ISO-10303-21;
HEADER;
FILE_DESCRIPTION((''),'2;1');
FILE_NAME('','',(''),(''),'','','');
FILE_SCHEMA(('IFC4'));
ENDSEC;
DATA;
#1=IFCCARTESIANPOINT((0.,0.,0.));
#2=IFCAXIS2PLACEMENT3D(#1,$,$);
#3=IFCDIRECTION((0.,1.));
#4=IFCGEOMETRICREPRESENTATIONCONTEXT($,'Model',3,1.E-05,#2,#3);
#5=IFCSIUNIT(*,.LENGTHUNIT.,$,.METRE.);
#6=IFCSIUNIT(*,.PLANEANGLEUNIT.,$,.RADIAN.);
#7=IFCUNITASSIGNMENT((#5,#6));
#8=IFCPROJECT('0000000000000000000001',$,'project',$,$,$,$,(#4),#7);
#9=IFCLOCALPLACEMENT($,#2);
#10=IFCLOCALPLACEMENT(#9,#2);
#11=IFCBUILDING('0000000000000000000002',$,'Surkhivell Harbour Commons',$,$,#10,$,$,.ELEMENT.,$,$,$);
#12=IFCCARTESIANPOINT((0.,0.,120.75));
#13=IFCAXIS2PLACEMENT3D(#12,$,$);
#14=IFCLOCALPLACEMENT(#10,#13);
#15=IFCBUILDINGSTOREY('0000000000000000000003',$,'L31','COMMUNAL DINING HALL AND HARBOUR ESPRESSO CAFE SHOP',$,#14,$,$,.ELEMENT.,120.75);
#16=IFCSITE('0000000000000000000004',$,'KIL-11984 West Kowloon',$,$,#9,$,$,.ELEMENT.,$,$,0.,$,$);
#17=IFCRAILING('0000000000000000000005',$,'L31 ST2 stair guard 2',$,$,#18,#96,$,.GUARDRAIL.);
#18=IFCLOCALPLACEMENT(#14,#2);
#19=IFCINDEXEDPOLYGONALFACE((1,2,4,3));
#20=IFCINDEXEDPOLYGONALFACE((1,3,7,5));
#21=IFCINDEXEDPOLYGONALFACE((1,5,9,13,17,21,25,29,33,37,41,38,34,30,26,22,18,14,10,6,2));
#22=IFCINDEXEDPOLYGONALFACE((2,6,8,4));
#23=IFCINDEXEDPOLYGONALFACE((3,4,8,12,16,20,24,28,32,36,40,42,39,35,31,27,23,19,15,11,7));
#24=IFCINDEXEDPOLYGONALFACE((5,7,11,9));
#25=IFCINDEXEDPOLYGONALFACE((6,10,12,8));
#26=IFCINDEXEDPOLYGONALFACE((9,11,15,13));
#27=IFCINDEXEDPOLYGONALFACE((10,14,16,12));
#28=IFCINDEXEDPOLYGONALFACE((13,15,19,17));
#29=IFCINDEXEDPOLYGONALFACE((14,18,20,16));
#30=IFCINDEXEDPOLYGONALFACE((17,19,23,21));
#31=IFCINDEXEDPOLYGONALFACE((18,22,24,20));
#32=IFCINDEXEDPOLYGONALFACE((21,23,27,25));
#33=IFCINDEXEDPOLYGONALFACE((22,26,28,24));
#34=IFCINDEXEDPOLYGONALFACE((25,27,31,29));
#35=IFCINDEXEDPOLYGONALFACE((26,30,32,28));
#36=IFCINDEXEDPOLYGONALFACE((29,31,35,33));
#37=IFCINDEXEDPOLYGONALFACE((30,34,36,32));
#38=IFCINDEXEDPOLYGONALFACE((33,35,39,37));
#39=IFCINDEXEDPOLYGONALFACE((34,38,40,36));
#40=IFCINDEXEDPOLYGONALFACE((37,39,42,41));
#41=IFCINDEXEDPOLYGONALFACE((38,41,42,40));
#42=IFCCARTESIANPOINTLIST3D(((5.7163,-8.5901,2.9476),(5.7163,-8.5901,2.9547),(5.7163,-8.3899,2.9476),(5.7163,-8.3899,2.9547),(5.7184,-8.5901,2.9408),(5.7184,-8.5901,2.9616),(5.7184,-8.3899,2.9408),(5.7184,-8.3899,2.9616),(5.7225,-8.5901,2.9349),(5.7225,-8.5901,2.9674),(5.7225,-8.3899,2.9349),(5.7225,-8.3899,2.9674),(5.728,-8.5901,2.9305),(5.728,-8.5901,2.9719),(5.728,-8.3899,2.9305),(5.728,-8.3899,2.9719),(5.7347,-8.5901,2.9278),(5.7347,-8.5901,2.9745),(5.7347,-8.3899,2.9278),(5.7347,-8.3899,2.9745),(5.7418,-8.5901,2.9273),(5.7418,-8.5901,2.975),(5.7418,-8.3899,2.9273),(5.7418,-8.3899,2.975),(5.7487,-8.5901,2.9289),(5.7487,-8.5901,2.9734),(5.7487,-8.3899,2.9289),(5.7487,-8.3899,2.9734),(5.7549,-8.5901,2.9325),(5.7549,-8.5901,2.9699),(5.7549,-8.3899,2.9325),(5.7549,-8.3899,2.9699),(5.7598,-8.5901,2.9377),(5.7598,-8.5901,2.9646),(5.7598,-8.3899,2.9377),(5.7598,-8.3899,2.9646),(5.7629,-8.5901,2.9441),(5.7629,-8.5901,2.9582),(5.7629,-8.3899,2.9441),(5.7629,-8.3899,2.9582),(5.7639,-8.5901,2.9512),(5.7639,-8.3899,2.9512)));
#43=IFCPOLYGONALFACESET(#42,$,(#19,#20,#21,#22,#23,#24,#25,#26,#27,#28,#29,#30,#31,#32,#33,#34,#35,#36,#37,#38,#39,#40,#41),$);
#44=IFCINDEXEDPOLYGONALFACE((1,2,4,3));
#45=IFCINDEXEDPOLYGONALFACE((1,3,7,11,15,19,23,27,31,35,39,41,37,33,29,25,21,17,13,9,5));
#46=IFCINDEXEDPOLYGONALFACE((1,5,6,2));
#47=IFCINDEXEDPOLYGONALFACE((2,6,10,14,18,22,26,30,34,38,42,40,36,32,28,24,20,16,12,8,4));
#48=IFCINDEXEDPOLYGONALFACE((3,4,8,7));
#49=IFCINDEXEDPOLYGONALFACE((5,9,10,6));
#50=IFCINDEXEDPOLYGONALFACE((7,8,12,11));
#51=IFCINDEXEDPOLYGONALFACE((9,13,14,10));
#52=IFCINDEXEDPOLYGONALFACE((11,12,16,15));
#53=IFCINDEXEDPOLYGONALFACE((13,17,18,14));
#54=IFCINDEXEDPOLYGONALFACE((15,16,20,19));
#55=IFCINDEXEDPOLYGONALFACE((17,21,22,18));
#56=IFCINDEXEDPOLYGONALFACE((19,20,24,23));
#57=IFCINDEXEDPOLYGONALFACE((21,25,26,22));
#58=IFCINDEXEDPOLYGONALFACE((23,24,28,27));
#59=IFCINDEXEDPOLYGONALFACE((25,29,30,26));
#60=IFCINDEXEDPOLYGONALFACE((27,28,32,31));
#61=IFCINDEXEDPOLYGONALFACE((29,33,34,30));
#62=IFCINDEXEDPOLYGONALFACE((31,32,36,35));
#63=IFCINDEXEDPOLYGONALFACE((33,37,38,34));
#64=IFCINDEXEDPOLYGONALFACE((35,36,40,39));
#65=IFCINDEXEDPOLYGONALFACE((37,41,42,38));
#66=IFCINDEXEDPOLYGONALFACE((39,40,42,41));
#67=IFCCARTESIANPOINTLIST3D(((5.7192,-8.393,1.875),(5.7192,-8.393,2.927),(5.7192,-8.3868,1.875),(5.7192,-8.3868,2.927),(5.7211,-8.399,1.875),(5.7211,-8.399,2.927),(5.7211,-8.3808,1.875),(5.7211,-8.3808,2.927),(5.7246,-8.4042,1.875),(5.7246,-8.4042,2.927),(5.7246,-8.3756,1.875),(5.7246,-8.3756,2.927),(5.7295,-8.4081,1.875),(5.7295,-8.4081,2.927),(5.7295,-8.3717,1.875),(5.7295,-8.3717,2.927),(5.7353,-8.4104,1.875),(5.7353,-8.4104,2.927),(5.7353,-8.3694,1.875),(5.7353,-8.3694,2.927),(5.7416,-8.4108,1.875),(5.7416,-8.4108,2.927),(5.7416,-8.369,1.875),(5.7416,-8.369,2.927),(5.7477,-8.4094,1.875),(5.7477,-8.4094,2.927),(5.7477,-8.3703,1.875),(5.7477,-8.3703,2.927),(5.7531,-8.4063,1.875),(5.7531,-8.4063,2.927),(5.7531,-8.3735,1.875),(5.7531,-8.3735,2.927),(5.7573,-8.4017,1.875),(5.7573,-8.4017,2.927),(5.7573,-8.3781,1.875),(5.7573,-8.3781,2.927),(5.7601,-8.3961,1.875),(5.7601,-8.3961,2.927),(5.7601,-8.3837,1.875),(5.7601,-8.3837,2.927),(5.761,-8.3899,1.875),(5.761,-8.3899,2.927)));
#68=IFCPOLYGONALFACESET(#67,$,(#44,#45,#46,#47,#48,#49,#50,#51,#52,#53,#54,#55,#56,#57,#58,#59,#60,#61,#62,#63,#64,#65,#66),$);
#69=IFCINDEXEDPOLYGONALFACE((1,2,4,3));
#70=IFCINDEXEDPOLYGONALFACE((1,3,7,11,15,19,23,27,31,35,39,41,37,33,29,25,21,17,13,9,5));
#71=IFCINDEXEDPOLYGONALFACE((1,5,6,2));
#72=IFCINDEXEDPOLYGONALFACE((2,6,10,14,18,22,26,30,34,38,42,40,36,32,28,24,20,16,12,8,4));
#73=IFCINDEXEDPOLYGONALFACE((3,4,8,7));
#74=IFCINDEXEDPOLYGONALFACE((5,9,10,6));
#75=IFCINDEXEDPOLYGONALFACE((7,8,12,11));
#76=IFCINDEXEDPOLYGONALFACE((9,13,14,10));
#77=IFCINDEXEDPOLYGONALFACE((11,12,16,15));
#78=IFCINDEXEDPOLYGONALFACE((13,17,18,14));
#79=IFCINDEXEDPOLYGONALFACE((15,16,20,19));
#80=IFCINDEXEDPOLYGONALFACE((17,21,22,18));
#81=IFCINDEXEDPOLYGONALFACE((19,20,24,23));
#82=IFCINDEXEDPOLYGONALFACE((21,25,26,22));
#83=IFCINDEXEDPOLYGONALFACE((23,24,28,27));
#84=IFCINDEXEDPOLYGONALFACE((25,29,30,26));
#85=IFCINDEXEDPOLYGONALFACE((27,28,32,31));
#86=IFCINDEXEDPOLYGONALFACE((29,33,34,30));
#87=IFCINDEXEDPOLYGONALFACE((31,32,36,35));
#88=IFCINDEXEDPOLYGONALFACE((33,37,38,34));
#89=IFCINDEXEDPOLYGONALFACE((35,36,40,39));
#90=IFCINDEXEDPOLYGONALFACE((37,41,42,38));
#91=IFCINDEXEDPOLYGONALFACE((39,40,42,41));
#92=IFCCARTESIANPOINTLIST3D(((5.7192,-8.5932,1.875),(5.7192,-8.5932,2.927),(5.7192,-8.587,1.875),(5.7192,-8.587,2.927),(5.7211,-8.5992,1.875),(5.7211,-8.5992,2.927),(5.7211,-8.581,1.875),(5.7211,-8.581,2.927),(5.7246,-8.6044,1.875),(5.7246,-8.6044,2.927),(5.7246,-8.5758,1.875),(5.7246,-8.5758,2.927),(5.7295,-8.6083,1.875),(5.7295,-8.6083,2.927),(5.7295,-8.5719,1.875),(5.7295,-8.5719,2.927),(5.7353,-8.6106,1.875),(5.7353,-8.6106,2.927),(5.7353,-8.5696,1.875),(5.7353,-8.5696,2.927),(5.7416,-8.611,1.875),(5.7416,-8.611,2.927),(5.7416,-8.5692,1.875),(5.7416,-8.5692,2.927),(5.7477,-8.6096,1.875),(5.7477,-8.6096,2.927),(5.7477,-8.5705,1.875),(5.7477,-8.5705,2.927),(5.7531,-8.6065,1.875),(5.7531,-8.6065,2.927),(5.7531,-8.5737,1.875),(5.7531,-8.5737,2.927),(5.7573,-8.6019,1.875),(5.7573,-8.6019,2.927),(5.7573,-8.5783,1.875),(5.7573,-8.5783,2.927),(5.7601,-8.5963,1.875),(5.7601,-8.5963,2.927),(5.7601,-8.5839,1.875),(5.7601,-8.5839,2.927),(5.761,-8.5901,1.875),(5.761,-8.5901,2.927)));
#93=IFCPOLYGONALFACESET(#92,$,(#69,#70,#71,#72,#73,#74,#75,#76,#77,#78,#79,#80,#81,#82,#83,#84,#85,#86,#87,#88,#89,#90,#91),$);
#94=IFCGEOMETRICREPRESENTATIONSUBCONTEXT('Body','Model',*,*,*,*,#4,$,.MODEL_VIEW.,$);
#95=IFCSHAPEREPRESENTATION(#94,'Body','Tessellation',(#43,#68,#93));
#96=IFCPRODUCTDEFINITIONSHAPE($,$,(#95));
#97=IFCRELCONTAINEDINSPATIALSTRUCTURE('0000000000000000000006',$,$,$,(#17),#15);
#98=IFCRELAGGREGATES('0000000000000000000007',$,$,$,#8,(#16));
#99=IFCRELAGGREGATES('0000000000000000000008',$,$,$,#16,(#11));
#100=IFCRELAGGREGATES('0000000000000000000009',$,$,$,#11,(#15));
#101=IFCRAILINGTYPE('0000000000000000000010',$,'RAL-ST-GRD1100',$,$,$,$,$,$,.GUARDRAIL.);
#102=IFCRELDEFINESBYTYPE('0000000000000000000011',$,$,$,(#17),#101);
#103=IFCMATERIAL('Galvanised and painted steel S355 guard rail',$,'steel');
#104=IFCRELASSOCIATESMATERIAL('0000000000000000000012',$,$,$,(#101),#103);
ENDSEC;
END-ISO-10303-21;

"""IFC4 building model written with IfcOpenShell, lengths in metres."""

from ifc_helpers import new_model, si_unit, direction, frame, origin, origin_2d, place, context, subcontext, project, spatial, circle, extrude, material, type_object, element, save


model = new_model("IFC4")

# Units and contexts
model_context = context("Model", 3, precision=1e-05, world=origin(), true_north=direction((0.0, 1.0)))
body_context = subcontext(model_context, "Body", "Model", "MODEL_VIEW")
ifc_project = project(units=[si_unit("LENGTHUNIT", "METRE"), si_unit("PLANEANGLEUNIT", "RADIAN")], contexts=[model_context])

# Site, building, storey
site_placement = place(None, origin())
site = spatial("IfcSite", under=ifc_project, at=site_placement, Name="KIL-11984 West Kowloon", CompositionType="ELEMENT", RefElevation=0.0)
building_placement = place(site_placement, origin())
building = spatial("IfcBuilding", under=site, at=building_placement, Name="Surkhivell Harbour Commons", CompositionType="ELEMENT")
storey_placement = place(building_placement, frame((0.0, 0.0, 120.75)))
storey = spatial("IfcBuildingStorey", under=building, at=storey_placement, Name="L31", Description="COMMUNAL DINING HALL AND HARBOUR ESPRESSO CAFE SHOP", CompositionType="ELEMENT", Elevation=120.75)

# Railing
ifc_material_1 = material(Name="Galvanised and painted steel S355 guard rail", Category="steel")
railing_type_1 = type_object("IfcRailingType", Name="RAL-ST-GRD1100", PredefinedType="GUARDRAIL", material=ifc_material_1)
railing_1_placement = place(storey_placement, frame((5.74, -8.3899, 1.875)))
element("IfcRailing", 1, at=railing_1_placement, inside=storey, type_object=railing_type_1, Name="L31 ST2 stair guard 2", PredefinedType="GUARDRAIL", context=body_context, shape_type="SweptSolid", body=[
    extrude(circle(Radius=0.0239, at=origin_2d()), frame((0.0, 0.0, 1.0762), z_axis=(0.0, -1.0, 0.0), x_axis=(1.0, 0.0, 0.0)), (0.0, 0.0, 1.0), 0.2002),
    extrude(circle(Radius=0.021, at=origin_2d()), origin(), (0.0, 0.0, 1.0), 1.052),
    extrude(circle(Radius=0.021, at=origin_2d()), frame((0.0, -0.2002, 0.0)), (0.0, 0.0, 1.0), 1.052),
])

save(model, "model.ifc")
